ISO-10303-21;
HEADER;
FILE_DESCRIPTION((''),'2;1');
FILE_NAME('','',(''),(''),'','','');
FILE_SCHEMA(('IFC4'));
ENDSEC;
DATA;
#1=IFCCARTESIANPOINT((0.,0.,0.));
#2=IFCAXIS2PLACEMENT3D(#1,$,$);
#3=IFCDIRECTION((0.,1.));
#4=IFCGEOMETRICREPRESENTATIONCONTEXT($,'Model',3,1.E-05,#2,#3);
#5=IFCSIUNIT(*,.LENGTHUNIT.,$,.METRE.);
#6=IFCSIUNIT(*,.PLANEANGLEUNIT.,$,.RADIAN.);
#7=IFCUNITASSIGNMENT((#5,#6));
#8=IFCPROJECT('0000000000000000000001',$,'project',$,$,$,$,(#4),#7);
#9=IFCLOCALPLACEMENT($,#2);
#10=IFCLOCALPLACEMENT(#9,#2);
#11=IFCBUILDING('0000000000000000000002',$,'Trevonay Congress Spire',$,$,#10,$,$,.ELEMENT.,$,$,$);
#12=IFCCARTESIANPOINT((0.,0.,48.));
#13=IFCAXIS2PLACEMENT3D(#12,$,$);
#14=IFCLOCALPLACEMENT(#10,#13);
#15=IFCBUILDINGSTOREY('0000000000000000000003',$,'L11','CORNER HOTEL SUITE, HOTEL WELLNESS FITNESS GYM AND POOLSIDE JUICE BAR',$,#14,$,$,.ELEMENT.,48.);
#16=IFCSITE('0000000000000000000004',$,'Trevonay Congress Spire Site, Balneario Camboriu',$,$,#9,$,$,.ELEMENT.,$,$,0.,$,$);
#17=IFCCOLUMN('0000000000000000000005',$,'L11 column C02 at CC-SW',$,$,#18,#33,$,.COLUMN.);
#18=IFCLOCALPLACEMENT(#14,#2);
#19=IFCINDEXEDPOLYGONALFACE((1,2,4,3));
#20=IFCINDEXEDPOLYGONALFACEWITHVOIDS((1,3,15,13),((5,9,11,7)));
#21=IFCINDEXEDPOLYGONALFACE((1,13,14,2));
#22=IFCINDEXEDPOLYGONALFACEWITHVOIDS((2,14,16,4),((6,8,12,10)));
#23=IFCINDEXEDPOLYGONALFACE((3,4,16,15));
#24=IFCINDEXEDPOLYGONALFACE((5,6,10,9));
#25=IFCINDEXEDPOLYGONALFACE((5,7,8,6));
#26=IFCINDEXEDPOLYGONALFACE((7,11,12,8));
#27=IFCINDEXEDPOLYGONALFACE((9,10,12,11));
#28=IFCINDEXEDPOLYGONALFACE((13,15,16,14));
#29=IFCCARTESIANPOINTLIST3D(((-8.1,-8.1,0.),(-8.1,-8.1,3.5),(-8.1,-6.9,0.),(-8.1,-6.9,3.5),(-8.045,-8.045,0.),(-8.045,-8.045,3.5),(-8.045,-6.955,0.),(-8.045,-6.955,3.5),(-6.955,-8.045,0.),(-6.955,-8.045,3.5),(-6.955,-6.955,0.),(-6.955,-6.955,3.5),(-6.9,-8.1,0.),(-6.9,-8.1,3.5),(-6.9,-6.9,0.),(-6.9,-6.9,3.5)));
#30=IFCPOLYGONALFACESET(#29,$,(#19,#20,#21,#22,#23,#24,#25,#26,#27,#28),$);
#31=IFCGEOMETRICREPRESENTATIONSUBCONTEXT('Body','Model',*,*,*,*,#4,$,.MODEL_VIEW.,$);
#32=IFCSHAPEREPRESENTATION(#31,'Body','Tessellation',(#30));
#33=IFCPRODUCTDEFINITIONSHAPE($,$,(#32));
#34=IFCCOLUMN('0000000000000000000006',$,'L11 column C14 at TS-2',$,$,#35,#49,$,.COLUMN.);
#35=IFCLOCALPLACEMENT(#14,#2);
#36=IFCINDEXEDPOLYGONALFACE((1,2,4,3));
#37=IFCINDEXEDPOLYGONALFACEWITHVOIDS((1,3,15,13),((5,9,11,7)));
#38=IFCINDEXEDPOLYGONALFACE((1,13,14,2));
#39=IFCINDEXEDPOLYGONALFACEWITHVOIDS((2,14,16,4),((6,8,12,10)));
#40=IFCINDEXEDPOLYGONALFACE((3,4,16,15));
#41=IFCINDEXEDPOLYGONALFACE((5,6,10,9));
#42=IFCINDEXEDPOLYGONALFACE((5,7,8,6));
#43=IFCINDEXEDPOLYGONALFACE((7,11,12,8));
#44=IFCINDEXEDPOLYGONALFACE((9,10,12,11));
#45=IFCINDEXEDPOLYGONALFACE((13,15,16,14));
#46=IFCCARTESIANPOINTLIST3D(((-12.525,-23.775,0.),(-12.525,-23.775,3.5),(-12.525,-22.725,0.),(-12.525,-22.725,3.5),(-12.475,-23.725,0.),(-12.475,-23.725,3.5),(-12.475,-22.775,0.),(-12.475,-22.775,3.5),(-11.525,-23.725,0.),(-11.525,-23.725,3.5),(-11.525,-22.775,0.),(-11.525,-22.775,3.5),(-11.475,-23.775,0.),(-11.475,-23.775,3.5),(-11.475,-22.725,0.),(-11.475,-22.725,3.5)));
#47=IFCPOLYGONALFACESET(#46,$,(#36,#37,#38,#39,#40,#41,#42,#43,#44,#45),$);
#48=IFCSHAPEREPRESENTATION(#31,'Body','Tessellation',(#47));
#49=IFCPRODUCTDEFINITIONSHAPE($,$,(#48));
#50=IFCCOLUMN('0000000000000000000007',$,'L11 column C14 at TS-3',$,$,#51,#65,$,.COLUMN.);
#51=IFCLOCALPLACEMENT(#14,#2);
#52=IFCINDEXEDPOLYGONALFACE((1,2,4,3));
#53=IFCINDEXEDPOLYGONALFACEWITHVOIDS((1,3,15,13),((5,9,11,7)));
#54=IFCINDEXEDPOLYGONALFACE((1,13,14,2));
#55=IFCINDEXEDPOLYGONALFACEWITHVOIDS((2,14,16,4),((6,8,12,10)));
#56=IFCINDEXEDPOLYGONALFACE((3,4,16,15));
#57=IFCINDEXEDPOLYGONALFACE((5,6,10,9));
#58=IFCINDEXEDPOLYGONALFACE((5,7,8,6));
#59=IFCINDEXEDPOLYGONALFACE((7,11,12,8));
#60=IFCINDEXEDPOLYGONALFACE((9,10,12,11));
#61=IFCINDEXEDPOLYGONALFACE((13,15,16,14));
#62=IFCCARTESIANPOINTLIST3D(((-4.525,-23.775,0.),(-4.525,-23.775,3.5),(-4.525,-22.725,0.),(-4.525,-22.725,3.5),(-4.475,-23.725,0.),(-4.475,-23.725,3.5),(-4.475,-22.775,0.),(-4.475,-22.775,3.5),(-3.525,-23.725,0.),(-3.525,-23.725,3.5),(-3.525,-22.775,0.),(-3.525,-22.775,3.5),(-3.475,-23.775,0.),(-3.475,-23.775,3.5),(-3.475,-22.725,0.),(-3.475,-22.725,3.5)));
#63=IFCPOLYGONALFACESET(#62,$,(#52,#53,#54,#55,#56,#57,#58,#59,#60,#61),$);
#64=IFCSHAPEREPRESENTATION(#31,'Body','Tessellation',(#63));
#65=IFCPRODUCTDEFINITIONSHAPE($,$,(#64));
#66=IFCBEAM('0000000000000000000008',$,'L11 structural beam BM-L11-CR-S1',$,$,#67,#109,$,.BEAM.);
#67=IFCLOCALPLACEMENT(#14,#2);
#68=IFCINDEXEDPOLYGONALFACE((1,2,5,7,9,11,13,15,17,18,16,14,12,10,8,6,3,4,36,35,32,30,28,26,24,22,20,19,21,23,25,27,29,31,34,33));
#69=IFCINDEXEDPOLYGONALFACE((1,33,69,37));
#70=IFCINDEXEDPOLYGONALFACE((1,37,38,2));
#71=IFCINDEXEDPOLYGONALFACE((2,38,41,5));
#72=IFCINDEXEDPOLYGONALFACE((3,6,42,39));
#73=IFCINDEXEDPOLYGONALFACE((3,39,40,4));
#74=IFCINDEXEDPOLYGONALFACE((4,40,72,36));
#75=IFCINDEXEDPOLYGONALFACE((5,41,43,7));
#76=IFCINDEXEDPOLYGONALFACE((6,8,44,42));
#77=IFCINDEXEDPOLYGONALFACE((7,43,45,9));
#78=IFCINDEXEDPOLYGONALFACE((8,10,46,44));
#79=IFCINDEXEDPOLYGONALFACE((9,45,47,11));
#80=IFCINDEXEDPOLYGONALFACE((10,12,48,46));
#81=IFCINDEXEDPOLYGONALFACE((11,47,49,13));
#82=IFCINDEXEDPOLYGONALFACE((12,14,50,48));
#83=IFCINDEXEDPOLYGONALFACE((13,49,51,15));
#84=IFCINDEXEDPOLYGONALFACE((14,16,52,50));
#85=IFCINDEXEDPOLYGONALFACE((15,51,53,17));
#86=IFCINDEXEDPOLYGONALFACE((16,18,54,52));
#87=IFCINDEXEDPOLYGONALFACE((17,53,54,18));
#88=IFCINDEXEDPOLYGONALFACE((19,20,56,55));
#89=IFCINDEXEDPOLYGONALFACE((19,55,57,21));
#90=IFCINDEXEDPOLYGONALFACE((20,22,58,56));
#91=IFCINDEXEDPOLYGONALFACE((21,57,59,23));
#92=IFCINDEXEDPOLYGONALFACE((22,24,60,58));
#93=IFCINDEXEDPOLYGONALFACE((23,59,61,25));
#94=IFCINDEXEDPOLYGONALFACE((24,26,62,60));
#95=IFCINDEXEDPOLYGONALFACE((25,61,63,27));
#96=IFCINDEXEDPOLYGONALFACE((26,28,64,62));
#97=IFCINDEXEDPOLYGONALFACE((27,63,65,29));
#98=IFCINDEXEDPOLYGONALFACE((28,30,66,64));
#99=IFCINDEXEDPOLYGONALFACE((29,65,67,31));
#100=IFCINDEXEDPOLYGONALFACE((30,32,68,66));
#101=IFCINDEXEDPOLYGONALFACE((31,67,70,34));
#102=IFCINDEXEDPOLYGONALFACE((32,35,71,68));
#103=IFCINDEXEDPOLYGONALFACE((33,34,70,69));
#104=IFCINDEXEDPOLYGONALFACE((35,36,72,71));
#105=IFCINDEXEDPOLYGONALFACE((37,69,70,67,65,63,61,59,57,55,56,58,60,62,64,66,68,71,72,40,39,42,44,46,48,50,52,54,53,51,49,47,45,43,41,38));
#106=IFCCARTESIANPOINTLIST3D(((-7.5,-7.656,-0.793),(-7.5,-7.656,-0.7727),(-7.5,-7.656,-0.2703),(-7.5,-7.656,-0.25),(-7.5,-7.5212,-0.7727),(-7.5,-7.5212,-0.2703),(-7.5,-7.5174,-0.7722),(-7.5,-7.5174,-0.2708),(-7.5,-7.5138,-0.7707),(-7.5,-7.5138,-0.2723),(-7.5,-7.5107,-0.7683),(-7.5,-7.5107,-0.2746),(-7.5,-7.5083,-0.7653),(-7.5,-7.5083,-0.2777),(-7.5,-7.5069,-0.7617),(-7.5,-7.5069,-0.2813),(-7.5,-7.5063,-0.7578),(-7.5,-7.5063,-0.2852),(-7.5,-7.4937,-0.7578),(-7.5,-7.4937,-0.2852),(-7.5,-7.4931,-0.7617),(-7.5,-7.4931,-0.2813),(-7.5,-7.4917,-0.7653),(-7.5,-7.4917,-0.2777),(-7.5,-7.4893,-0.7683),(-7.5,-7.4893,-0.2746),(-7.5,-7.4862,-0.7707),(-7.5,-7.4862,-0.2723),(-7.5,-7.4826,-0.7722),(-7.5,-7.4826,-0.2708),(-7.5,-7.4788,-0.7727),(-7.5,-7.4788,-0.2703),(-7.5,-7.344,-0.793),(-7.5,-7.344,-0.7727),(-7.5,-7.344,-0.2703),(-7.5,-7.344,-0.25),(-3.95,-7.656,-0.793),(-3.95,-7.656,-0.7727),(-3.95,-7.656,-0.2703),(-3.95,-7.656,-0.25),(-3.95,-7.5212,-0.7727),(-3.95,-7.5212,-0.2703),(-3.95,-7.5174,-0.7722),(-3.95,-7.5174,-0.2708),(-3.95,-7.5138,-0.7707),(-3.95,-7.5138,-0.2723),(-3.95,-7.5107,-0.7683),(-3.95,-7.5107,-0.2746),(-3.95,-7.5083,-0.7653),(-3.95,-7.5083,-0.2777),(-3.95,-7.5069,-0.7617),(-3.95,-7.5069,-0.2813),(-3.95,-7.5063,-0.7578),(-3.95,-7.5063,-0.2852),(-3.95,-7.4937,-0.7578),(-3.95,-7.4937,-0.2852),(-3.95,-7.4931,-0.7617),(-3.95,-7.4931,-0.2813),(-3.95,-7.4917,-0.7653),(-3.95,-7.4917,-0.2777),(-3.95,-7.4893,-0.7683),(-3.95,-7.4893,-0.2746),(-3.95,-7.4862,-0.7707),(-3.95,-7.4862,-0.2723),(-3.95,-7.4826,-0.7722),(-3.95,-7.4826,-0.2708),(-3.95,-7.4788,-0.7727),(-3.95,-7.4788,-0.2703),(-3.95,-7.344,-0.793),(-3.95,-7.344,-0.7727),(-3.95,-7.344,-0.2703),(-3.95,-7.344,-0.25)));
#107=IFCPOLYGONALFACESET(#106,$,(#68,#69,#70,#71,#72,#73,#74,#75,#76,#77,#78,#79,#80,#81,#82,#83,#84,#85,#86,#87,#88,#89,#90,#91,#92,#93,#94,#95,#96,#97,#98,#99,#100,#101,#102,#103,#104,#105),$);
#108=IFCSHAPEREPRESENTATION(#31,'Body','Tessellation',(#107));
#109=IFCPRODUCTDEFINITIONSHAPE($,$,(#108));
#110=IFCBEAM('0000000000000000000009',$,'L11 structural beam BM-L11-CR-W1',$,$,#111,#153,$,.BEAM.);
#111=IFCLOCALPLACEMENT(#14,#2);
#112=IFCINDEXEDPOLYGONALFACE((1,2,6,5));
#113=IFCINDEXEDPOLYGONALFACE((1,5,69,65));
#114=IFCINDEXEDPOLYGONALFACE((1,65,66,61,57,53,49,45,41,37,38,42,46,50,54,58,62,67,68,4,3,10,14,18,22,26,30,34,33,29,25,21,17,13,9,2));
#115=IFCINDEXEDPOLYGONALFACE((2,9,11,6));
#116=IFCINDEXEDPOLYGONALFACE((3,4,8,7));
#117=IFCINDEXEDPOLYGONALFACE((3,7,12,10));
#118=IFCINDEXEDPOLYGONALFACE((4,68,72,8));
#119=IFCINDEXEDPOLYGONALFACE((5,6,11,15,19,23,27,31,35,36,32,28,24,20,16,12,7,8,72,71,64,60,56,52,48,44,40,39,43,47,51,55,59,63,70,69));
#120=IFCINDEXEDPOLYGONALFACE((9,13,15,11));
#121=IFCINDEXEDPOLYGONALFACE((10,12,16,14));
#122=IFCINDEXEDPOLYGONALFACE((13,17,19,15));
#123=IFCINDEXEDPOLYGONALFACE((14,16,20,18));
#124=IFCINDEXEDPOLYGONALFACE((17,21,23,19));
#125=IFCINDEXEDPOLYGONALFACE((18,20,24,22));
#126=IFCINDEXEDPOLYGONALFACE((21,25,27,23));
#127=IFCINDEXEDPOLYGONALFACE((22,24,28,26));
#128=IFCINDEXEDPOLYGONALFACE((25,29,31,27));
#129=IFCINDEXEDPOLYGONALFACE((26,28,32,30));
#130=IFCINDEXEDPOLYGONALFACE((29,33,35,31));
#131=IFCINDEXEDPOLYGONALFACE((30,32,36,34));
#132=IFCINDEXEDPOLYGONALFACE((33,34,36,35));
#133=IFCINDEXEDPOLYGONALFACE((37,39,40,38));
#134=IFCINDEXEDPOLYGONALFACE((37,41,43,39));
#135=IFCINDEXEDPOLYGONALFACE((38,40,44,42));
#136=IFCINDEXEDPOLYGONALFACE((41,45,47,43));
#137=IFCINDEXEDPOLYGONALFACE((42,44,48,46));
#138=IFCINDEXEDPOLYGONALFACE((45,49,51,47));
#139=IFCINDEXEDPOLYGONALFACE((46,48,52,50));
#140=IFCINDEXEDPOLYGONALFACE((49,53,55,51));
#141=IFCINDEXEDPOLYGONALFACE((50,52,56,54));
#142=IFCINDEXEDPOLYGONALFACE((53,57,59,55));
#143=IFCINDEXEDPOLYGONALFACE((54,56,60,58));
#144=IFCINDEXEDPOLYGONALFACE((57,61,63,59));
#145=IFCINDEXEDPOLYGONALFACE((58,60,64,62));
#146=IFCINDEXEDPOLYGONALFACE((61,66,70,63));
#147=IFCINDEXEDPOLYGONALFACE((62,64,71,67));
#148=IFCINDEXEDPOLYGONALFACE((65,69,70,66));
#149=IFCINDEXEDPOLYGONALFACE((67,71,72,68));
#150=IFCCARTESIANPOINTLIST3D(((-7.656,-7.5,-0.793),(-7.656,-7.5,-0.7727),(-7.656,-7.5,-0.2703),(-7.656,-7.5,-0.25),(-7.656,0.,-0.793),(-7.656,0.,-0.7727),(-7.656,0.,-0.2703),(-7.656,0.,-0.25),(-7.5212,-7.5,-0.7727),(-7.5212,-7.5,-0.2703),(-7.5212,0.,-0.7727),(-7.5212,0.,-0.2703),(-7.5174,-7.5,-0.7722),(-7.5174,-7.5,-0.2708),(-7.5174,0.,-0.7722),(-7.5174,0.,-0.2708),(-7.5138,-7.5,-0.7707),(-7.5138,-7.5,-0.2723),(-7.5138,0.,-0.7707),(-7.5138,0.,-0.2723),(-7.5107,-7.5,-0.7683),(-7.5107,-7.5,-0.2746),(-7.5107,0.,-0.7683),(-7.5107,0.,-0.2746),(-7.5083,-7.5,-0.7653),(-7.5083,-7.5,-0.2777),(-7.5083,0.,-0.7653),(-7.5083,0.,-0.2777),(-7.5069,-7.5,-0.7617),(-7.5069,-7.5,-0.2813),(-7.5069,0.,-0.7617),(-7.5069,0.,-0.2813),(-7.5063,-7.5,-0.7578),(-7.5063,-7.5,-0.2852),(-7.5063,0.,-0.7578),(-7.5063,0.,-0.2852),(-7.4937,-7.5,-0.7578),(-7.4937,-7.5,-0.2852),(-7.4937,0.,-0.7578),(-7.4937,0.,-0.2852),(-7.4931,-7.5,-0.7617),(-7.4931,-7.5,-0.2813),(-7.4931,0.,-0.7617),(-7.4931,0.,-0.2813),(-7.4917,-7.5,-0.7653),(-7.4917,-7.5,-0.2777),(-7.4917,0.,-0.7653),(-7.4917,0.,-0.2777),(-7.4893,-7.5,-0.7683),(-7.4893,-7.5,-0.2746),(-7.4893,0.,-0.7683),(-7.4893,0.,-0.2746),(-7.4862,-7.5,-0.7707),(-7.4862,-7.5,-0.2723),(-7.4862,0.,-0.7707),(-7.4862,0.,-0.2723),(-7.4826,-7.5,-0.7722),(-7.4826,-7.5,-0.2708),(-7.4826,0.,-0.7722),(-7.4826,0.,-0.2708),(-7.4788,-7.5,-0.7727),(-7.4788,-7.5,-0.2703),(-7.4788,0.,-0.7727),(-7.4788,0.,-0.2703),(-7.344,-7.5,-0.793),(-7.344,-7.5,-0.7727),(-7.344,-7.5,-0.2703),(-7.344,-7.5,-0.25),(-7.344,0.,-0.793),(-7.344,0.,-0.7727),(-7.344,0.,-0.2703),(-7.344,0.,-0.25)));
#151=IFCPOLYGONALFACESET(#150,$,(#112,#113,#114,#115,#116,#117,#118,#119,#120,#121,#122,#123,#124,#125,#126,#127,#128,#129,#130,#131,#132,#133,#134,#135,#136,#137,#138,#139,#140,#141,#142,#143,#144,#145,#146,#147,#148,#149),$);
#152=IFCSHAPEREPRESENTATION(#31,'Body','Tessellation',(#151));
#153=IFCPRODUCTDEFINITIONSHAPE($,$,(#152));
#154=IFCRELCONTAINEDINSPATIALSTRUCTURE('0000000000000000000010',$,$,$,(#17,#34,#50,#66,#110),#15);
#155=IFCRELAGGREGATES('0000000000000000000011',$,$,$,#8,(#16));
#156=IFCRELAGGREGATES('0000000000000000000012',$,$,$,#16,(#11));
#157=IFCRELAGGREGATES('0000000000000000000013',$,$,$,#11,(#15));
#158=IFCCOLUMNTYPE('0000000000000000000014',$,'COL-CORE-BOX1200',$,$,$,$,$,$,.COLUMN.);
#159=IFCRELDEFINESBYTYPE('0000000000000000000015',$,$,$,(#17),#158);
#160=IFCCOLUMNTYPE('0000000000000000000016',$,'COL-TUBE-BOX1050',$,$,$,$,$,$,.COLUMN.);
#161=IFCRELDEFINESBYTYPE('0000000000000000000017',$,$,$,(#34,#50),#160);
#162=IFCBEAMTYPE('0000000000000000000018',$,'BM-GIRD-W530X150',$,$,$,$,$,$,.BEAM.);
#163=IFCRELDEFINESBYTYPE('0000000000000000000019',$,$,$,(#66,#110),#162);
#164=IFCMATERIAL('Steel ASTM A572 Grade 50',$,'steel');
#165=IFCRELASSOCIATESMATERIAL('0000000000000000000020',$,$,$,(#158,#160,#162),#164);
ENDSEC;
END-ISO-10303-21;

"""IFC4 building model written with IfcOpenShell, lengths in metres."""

from ifc_helpers import new_model, si_unit, direction, frame, origin, origin_2d, place, context, subcontext, project, spatial, hollow_rectangle, i_section, extrude, material, material_profile, profile_set, type_object, element, save


model = new_model("IFC4")

# Units and contexts
model_context = context("Model", 3, precision=1e-05, world=origin(), true_north=direction((0.0, 1.0)))
body_context = subcontext(model_context, "Body", "Model", "MODEL_VIEW")
ifc_project = project(units=[si_unit("LENGTHUNIT", "METRE"), si_unit("PLANEANGLEUNIT", "RADIAN")], contexts=[model_context])

# Site, building, storey
site_placement = place(None, origin())
site = spatial("IfcSite", under=ifc_project, at=site_placement, Name="Trevonay Congress Spire Site, Balneario Camboriu", CompositionType="ELEMENT", RefElevation=0.0)
building_placement = place(site_placement, origin())
building = spatial("IfcBuilding", under=site, at=building_placement, Name="Trevonay Congress Spire", CompositionType="ELEMENT")
storey_placement = place(building_placement, frame((0.0, 0.0, 48.0)))
storey = spatial("IfcBuildingStorey", under=building, at=storey_placement, Name="L11", Description="CORNER HOTEL SUITE, HOTEL WELLNESS FITNESS GYM AND POOLSIDE JUICE BAR", CompositionType="ELEMENT", Elevation=48.0)

# Columns
ifc_material_1 = material(Name="Steel ASTM A572 Grade 50", Category="steel")
ifc_material_profile_1 = material_profile(ifc_material_1, hollow_rectangle(XDim=1.2, YDim=1.2, WallThickness=0.0549, at=origin_2d()), Name="BOX 1200x1200x55")
ifc_profile_set_1 = profile_set([ifc_material_profile_1], Name="Steel ASTM A572 Grade 50")
column_type_1 = type_object("IfcColumnType", Name="COL-CORE-BOX1200", PredefinedType="COLUMN", material=ifc_profile_set_1)
column_placement = place(storey_placement, frame((-7.5, -7.5, 0.0), z_axis=(0.0, 0.0, 1.0), x_axis=(1.0, 0.0, 0.0)))
element("IfcColumn", 1, at=column_placement, inside=storey, type_object=column_type_1, Name="L11 column C02 at CC-SW", PredefinedType="COLUMN", context=body_context, shape_type="SweptSolid", body=[
    extrude(hollow_rectangle(XDim=1.2, YDim=1.2, WallThickness=0.0549, at=origin_2d()), origin(), (0.0, 0.0, 1.0), 3.5),
])
ifc_material_profile_2 = material_profile(ifc_material_1, hollow_rectangle(XDim=1.05, YDim=1.05, WallThickness=0.05, at=origin_2d()), Name="BOX 1050x1050x50")
ifc_profile_set_2 = profile_set([ifc_material_profile_2], Name="Steel ASTM A572 Grade 50")
column_type_2 = type_object("IfcColumnType", Name="COL-TUBE-BOX1050", PredefinedType="COLUMN", material=ifc_profile_set_2)
for number, where, z_axis, x_axis, name in (
    (2, (-12.0, -23.25, 0.0), (0.0, 0.0, 1.0), (1.0, 0.0, 0.0), "L11 column C14 at TS-2"),
    (3, (-4.0, -23.25, 0.0), (0.0, 0.0, 1.0), (1.0, 0.0, 0.0), "L11 column C14 at TS-3"),
):
    element("IfcColumn", number, at=place(storey_placement, frame(where, z_axis=z_axis, x_axis=x_axis)), inside=storey, type_object=column_type_2, Name=name, PredefinedType="COLUMN", context=body_context, shape_type="SweptSolid", body=[
        extrude(hollow_rectangle(XDim=1.05, YDim=1.05, WallThickness=0.05, at=origin_2d()), origin(), (0.0, 0.0, 1.0), 3.5),
    ])

# Beams
ifc_material_profile_3 = material_profile(ifc_material_1, i_section(OverallWidth=0.312, OverallDepth=0.543, WebThickness=0.0127, FlangeThickness=0.0203, FilletRadius=0.0149, at=origin_2d()), Name="W530x150")
ifc_profile_set_3 = profile_set([ifc_material_profile_3], Name="Steel ASTM A572 Grade 50")
beam_type_1 = type_object("IfcBeamType", Name="BM-GIRD-W530X150", PredefinedType="BEAM", material=ifc_profile_set_3)
beam_1_placement = place(storey_placement, frame((-7.5, -7.5, -0.5215), z_axis=(1.0, 0.0, 0.0), x_axis=(0.0, 1.0, 0.0)))
element("IfcBeam", 4, at=beam_1_placement, inside=storey, type_object=beam_type_1, Name="L11 structural beam BM-L11-CR-S1", PredefinedType="BEAM", context=body_context, shape_type="SweptSolid", body=[
    extrude(i_section(OverallWidth=0.312, OverallDepth=0.543, WebThickness=0.0127, FlangeThickness=0.0203, FilletRadius=0.0149, at=origin_2d()), origin(), (0.0, 0.0, 1.0), 3.55),
])
beam_2_placement = place(storey_placement, frame((-7.5, -7.5, -0.5215), z_axis=(0.0, 1.0, 0.0), x_axis=(-1.0, 0.0, 0.0)))
element("IfcBeam", 5, at=beam_2_placement, inside=storey, type_object=beam_type_1, Name="L11 structural beam BM-L11-CR-W1", PredefinedType="BEAM", context=body_context, shape_type="SweptSolid", body=[
    extrude(i_section(OverallWidth=0.312, OverallDepth=0.543, WebThickness=0.0127, FlangeThickness=0.0203, FilletRadius=0.0149, at=origin_2d()), origin(), (0.0, 0.0, 1.0), 7.5),
])

save(model, "model.ifc")
